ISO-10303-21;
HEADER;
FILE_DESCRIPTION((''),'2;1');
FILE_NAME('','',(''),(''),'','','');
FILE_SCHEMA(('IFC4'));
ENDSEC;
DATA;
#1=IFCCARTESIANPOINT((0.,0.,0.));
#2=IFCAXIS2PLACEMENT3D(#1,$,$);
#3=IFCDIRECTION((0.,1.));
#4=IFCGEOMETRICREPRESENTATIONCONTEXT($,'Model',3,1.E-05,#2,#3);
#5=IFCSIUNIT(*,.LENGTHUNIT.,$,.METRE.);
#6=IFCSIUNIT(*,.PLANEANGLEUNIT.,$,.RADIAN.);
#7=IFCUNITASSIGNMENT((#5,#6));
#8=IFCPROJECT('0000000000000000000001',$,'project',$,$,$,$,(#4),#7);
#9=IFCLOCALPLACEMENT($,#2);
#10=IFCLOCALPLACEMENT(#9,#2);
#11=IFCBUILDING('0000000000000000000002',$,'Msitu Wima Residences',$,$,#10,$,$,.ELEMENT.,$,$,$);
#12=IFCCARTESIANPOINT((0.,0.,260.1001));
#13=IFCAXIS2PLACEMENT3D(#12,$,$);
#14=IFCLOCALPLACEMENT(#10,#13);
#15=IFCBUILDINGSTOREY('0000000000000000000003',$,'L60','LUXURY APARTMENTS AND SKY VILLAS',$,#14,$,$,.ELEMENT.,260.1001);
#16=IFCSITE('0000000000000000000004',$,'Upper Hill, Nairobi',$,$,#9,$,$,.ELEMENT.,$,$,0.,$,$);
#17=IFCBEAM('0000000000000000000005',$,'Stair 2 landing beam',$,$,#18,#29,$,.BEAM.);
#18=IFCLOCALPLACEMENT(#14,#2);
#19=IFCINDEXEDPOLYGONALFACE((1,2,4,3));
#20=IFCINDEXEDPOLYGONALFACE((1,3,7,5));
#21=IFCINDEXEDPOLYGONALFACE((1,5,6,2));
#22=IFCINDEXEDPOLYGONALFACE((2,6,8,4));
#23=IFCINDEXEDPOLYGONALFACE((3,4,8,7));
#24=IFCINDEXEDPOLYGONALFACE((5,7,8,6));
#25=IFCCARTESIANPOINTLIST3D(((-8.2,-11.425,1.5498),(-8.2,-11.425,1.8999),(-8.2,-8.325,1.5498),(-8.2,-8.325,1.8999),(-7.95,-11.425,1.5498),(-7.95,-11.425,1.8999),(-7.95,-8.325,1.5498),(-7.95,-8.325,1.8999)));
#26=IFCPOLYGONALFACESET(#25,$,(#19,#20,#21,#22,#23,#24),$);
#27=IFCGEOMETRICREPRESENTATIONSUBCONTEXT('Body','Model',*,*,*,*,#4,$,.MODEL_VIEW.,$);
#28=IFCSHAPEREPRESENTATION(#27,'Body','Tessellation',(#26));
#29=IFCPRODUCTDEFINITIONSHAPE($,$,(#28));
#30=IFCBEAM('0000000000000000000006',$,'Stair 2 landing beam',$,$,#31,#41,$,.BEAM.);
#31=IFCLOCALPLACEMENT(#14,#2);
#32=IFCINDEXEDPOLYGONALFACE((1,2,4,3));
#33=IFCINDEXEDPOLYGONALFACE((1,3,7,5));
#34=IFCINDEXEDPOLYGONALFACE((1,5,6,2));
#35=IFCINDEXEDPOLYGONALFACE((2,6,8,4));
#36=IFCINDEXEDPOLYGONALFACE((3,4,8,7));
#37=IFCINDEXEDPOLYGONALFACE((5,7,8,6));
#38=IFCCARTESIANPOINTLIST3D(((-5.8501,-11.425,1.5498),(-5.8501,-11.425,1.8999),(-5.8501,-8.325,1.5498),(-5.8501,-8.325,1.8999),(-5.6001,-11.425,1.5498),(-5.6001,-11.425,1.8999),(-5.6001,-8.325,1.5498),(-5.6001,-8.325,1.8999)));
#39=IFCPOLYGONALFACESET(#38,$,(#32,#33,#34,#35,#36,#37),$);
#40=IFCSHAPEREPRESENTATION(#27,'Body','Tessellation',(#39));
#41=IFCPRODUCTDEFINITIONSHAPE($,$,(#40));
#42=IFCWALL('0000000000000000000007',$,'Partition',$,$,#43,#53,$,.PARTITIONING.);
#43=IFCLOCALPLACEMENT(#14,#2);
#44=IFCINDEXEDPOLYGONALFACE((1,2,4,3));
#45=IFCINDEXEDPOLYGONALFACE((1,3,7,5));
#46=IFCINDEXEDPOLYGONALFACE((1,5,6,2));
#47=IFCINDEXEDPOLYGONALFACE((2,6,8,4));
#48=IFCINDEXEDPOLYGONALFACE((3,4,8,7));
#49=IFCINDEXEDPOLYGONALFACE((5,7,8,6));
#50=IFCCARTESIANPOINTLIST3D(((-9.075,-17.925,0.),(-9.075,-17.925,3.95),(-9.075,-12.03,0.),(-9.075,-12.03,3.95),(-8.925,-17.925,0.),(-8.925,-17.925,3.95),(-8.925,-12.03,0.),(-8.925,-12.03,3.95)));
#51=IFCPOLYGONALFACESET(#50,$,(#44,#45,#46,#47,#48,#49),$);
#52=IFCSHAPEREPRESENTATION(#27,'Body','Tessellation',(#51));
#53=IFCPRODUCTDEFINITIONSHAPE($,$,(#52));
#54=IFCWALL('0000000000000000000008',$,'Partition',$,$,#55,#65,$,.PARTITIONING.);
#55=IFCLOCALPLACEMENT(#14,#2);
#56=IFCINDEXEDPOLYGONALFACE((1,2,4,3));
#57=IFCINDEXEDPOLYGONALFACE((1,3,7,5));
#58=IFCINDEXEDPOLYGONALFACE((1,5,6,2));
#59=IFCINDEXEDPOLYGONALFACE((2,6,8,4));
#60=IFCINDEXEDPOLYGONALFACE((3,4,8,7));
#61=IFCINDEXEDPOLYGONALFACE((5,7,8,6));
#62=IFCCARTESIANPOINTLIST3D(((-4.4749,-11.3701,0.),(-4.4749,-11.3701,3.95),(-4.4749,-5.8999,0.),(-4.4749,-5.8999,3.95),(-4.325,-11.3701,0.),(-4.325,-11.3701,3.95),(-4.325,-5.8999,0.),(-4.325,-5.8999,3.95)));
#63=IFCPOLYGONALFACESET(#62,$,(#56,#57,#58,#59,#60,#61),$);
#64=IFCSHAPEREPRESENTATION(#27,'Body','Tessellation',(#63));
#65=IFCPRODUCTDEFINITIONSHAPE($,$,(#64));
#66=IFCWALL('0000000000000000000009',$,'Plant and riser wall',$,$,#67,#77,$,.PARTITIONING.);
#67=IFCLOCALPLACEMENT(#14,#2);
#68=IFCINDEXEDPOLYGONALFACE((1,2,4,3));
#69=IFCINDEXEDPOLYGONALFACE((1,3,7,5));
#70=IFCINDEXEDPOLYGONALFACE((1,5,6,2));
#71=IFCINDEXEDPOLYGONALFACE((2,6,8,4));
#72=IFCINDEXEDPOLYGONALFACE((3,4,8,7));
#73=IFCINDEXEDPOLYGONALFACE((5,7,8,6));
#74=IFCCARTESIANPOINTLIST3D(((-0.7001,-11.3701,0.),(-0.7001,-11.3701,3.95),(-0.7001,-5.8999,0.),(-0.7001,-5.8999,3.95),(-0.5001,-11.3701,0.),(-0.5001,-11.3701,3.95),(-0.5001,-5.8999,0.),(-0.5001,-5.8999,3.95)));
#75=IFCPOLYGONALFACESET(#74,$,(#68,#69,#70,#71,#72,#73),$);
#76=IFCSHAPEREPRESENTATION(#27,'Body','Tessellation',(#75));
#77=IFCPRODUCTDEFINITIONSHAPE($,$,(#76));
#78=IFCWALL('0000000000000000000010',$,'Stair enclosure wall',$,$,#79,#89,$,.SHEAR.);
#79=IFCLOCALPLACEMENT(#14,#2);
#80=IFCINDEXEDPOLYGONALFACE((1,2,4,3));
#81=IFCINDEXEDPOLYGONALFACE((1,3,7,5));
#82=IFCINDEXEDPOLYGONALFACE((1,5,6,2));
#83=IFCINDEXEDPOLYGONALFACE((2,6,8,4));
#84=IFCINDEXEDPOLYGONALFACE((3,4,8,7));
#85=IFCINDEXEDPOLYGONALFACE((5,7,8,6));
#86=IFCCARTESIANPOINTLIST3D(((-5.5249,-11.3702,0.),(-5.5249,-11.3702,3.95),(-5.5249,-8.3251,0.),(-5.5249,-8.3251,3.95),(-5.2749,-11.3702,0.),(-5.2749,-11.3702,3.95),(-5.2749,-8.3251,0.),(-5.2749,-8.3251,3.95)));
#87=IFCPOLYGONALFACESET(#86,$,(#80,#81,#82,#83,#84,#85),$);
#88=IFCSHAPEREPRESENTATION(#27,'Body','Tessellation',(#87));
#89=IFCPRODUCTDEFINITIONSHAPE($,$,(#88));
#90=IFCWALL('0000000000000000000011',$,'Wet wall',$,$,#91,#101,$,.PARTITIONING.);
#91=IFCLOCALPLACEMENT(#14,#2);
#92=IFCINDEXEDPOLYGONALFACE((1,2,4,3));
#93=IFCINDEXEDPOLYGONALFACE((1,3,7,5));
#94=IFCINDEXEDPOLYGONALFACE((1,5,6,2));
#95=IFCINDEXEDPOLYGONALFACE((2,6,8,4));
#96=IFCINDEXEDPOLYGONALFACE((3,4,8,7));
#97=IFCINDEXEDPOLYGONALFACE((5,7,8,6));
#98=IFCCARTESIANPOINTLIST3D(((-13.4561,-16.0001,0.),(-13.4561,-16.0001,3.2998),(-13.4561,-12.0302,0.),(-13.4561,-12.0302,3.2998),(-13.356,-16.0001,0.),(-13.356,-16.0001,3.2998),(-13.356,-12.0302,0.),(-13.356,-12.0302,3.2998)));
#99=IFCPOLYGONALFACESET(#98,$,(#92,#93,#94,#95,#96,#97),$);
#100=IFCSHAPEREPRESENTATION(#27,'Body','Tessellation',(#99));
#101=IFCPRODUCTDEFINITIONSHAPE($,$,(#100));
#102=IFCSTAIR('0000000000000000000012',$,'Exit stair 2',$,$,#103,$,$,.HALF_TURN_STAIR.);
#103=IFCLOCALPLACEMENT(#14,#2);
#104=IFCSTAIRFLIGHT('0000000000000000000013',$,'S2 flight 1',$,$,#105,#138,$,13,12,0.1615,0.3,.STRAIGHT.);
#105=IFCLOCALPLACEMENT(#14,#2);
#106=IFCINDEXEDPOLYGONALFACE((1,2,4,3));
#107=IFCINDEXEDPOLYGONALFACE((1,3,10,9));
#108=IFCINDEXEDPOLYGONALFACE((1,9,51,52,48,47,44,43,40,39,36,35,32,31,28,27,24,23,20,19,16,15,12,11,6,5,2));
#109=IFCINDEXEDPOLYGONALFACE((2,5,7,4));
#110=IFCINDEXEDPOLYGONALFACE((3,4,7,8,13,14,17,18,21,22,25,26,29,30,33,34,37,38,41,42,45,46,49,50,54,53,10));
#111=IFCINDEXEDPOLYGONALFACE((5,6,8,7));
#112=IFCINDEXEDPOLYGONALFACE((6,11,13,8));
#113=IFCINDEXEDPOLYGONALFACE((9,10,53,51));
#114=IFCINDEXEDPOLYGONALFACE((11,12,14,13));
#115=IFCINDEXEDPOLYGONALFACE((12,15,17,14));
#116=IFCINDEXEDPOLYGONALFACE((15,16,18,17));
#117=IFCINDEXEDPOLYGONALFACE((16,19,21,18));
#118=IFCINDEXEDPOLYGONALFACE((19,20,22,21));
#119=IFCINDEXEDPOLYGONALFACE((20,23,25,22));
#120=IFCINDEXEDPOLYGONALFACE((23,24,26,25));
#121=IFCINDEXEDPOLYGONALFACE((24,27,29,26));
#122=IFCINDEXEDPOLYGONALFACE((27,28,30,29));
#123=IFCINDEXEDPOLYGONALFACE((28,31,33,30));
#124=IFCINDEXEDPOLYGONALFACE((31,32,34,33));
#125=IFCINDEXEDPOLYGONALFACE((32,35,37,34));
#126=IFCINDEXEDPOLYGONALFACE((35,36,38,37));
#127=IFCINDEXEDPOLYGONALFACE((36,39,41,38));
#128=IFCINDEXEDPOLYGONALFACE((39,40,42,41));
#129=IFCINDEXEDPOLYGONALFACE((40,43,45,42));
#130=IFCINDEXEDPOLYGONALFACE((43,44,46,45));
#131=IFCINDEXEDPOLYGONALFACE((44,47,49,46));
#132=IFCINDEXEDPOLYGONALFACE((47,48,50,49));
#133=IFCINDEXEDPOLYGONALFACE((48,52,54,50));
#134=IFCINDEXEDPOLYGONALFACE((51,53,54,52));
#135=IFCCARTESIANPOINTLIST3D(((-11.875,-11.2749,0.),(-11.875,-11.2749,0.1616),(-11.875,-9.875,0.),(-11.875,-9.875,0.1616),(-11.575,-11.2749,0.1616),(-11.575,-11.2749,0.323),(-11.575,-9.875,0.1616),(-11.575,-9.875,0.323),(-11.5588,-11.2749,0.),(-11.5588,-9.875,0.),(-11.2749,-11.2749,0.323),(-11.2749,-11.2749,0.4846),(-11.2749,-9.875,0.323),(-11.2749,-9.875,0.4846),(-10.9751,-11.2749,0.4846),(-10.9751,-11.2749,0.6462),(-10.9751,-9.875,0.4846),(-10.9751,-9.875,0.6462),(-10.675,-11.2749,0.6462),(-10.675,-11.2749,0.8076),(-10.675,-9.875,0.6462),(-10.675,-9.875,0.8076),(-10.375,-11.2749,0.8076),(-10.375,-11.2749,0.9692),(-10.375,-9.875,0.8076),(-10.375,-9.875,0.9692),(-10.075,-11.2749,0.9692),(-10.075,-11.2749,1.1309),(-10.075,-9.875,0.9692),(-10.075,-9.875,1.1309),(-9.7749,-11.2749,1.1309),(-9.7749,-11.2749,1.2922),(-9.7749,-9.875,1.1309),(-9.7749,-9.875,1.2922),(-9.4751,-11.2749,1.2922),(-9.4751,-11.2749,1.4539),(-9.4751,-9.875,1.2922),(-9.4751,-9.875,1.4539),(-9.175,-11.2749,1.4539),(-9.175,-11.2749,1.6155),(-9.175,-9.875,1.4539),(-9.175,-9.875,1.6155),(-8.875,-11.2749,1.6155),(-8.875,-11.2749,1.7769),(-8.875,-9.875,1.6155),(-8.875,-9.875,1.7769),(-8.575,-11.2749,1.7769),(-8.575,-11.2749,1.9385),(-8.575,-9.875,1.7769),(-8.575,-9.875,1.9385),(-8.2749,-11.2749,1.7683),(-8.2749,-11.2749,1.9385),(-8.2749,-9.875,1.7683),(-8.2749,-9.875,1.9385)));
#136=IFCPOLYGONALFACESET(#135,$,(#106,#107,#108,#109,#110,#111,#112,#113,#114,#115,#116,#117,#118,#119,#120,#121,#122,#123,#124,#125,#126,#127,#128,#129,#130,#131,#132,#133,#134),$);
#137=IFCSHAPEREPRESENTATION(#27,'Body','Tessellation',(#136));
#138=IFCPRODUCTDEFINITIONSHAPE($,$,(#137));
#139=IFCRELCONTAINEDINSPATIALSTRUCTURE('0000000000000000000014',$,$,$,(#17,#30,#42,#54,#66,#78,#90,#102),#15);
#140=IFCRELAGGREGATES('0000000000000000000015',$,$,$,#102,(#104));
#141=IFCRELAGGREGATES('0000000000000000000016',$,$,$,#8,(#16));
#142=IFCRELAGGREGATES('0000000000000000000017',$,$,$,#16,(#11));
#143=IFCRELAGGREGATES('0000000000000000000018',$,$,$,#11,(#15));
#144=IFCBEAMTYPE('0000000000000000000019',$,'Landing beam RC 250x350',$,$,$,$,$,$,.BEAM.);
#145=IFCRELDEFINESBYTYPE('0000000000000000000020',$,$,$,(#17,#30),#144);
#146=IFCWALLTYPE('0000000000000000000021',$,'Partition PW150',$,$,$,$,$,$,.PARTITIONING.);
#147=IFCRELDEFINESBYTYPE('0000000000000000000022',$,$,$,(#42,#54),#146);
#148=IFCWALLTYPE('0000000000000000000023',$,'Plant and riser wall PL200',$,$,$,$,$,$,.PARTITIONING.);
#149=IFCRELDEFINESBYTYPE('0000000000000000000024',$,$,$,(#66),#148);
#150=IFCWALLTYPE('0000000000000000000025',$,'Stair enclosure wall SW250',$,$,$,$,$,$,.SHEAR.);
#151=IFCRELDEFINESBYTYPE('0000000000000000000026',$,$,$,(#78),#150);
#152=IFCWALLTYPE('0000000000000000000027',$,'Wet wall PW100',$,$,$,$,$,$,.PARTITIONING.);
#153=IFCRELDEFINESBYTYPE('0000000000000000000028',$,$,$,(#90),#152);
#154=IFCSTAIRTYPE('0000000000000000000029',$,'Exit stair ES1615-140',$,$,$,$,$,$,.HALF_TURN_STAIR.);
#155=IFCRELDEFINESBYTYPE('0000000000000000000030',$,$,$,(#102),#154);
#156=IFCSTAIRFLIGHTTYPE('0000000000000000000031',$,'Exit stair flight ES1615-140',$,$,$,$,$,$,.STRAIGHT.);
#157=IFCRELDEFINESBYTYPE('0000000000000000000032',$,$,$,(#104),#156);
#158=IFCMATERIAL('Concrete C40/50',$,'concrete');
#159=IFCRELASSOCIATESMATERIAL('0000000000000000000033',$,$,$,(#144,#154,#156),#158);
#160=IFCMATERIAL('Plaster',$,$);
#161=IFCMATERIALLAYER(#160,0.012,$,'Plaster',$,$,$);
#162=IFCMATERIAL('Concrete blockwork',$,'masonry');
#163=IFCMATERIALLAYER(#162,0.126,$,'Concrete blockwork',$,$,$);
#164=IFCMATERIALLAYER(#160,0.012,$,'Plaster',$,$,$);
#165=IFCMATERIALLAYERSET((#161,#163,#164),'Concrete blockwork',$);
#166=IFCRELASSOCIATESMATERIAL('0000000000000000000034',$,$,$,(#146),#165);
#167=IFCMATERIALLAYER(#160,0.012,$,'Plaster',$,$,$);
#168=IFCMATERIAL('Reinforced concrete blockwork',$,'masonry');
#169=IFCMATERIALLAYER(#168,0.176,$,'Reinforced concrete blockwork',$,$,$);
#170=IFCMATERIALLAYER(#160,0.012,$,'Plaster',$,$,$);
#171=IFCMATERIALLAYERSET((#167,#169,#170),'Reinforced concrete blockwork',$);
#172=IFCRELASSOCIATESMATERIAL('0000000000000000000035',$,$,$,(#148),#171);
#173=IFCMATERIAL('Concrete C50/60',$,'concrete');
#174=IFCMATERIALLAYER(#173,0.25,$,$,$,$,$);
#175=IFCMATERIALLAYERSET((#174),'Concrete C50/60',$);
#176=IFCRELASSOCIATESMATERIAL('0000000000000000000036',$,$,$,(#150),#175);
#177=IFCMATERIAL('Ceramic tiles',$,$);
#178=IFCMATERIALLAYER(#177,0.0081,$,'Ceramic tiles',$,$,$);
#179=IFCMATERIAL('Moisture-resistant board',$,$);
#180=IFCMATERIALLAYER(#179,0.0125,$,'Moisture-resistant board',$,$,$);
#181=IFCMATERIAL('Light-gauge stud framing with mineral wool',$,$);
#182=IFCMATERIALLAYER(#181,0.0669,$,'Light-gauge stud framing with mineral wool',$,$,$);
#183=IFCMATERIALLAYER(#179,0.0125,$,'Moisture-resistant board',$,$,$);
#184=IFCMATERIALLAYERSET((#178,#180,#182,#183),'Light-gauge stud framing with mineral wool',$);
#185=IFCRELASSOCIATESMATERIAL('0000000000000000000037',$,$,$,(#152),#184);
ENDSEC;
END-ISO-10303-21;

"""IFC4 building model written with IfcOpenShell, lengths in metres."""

from ifc_helpers import new_model, si_unit, direction, frame, frame_2d, origin, origin_2d, place, context, subcontext, project, spatial, polyline, rectangle, outline, extrude, material, layer, layer_set, material_profile, profile_set, type_object, element, aggregate, save


model = new_model("IFC4")

# Units and contexts
model_context = context("Model", 3, precision=1e-05, world=origin(), true_north=direction((0.0, 1.0)))
body_context = subcontext(model_context, "Body", "Model", "MODEL_VIEW")
ifc_project = project(units=[si_unit("LENGTHUNIT", "METRE"), si_unit("PLANEANGLEUNIT", "RADIAN")], contexts=[model_context])

# Site, building, storey
site_placement = place(None, origin())
site = spatial("IfcSite", under=ifc_project, at=site_placement, Name="Upper Hill, Nairobi", CompositionType="ELEMENT", RefElevation=0.0)
building_placement = place(site_placement, origin())
building = spatial("IfcBuilding", under=site, at=building_placement, Name="Msitu Wima Residences", CompositionType="ELEMENT")
storey_placement = place(building_placement, frame((0.0, 0.0, 260.1001)))
storey = spatial("IfcBuildingStorey", under=building, at=storey_placement, Name="L60", Description="LUXURY APARTMENTS AND SKY VILLAS", CompositionType="ELEMENT", Elevation=260.1001)

# Beams
ifc_material_1 = material(Name="Concrete C40/50", Category="concrete")
ifc_material_profile = material_profile(ifc_material_1, rectangle(XDim=0.25, YDim=0.3501, at=origin_2d()), Name="RC 250x350")
ifc_profile_set = profile_set([ifc_material_profile], Name="Concrete C40/50")
beam_type = type_object("IfcBeamType", Name="Landing beam RC 250x350", PredefinedType="BEAM", material=ifc_profile_set)
for number, where, z_axis, x_axis, name in (
    (1, (-8.075, -11.425, 1.7249), (0.0, 1.0, 0.0), (-1.0, 0.0, 0.0), "Stair 2 landing beam"),
    (2, (-5.7251, -11.425, 1.7249), (0.0, 1.0, 0.0), (-1.0, 0.0, 0.0), "Stair 2 landing beam"),
):
    element("IfcBeam", number, at=place(storey_placement, frame(where, z_axis=z_axis, x_axis=x_axis)), inside=storey, type_object=beam_type, Name=name, PredefinedType="BEAM", context=body_context, shape_type="SweptSolid", body=[
        extrude(rectangle(XDim=0.25, YDim=0.3501, at=origin_2d()), origin(), (0.0, 0.0, 1.0), 3.1001),
    ])

# Walls
ifc_material_2 = material(Name="Plaster")
ifc_layer_1 = layer(ifc_material_2, 0.012, Name="Plaster")
ifc_material_3 = material(Name="Concrete blockwork", Category="masonry")
ifc_layer_2 = layer(ifc_material_3, 0.126, Name="Concrete blockwork")
ifc_layer_3 = layer(ifc_material_2, 0.012, Name="Plaster")
ifc_layer_set_1 = layer_set([ifc_layer_1, ifc_layer_2, ifc_layer_3], Name="Concrete blockwork")
wall_type_1 = type_object("IfcWallType", Name="Partition PW150", PredefinedType="PARTITIONING", material=ifc_layer_set_1)
wall_1_placement = place(storey_placement, frame((-9.0, -17.925, 0.0), z_axis=(0.0, 0.0, 1.0), x_axis=(0.0, 1.0, 0.0)))
element("IfcWall", 3, at=wall_1_placement, inside=storey, type_object=wall_type_1, Name="Partition", PredefinedType="PARTITIONING", context=body_context, shape_type="SweptSolid", body=[
    extrude(rectangle(XDim=5.895, YDim=0.1499, at=frame_2d((2.9475, 0.0))), origin(), (0.0, 0.0, 1.0), 3.95),
])
wall_2_placement = place(storey_placement, frame((-4.3999, -11.3701, 0.0), z_axis=(0.0, 0.0, 1.0), x_axis=(0.0, 1.0, 0.0)))
element("IfcWall", 4, at=wall_2_placement, inside=storey, type_object=wall_type_1, Name="Partition", PredefinedType="PARTITIONING", context=body_context, shape_type="SweptSolid", body=[
    extrude(rectangle(XDim=5.4702, YDim=0.1499, at=frame_2d((2.7351, 0.0))), origin(), (0.0, 0.0, 1.0), 3.95),
])
ifc_layer_4 = layer(ifc_material_2, 0.012, Name="Plaster")
ifc_material_4 = material(Name="Reinforced concrete blockwork", Category="masonry")
ifc_layer_5 = layer(ifc_material_4, 0.176, Name="Reinforced concrete blockwork")
ifc_layer_6 = layer(ifc_material_2, 0.012, Name="Plaster")
ifc_layer_set_2 = layer_set([ifc_layer_4, ifc_layer_5, ifc_layer_6], Name="Reinforced concrete blockwork")
wall_type_2 = type_object("IfcWallType", Name="Plant and riser wall PL200", PredefinedType="PARTITIONING", material=ifc_layer_set_2)
wall_3_placement = place(storey_placement, frame((-0.6001, -11.3701, 0.0), z_axis=(0.0, 0.0, 1.0), x_axis=(0.0, 1.0, 0.0)))
element("IfcWall", 5, at=wall_3_placement, inside=storey, type_object=wall_type_2, Name="Plant and riser wall", PredefinedType="PARTITIONING", context=body_context, shape_type="SweptSolid", body=[
    extrude(rectangle(XDim=5.4702, YDim=0.2, at=frame_2d((2.7351, 0.0))), origin(), (0.0, 0.0, 1.0), 3.95),
])
ifc_material_5 = material(Name="Concrete C50/60", Category="concrete")
ifc_layer_7 = layer(ifc_material_5, 0.25)
ifc_layer_set_3 = layer_set([ifc_layer_7], Name="Concrete C50/60")
wall_type_3 = type_object("IfcWallType", Name="Stair enclosure wall SW250", PredefinedType="SHEAR", material=ifc_layer_set_3)
wall_4_placement = place(storey_placement, frame((-5.3999, -11.3701, 0.0), z_axis=(0.0, 0.0, 1.0), x_axis=(0.0, 1.0, 0.0)))
element("IfcWall", 6, at=wall_4_placement, inside=storey, type_object=wall_type_3, Name="Stair enclosure wall", PredefinedType="SHEAR", context=body_context, shape_type="SweptSolid", body=[
    extrude(rectangle(XDim=3.0452, YDim=0.25, at=frame_2d((1.5225, 0.0))), origin(), (0.0, 0.0, 1.0), 3.95),
])
ifc_material_6 = material(Name="Ceramic tiles")
ifc_layer_8 = layer(ifc_material_6, 0.0081, Name="Ceramic tiles")
ifc_material_7 = material(Name="Moisture-resistant board")
ifc_layer_9 = layer(ifc_material_7, 0.0125, Name="Moisture-resistant board")
ifc_material_8 = material(Name="Light-gauge stud framing with mineral wool")
ifc_layer_10 = layer(ifc_material_8, 0.0669, Name="Light-gauge stud framing with mineral wool")
ifc_layer_11 = layer(ifc_material_7, 0.0125, Name="Moisture-resistant board")
ifc_layer_set_4 = layer_set([ifc_layer_8, ifc_layer_9, ifc_layer_10, ifc_layer_11], Name="Light-gauge stud framing with mineral wool")
wall_type_4 = type_object("IfcWallType", Name="Wet wall PW100", PredefinedType="PARTITIONING", material=ifc_layer_set_4)
wall_5_placement = place(storey_placement, frame((-13.406, -16.0, 0.0), z_axis=(0.0, 0.0, 1.0), x_axis=(0.0, 1.0, 0.0)))
element("IfcWall", 7, at=wall_5_placement, inside=storey, type_object=wall_type_4, Name="Wet wall", PredefinedType="PARTITIONING", context=body_context, shape_type="SweptSolid", body=[
    extrude(rectangle(XDim=3.97, YDim=0.1001, at=frame_2d((1.9849, 0.0))), origin(), (0.0, 0.0, 1.0), 3.2998),
])

# Stair, stair flight
stair_type = type_object("IfcStairType", Name="Exit stair ES1615-140", PredefinedType="HALF_TURN_STAIR", material=ifc_material_1)
stair_placement = place(storey_placement, origin())
stair = element("IfcStair", 8, at=stair_placement, inside=storey, type_object=stair_type, Name="Exit stair 2", PredefinedType="HALF_TURN_STAIR")
stair_flight_type = type_object("IfcStairFlightType", Name="Exit stair flight ES1615-140", PredefinedType="STRAIGHT", material=ifc_material_1)
stair_flight_placement = place(storey_placement, frame((-11.875, -10.575, 0.0), z_axis=(0.0, 0.0, 1.0), x_axis=(1.0, 0.0, 0.0)))
stair_flight = element("IfcStairFlight", 9, at=stair_flight_placement, type_object=stair_flight_type, Name="S2 flight 1", NumberOfRisers=13, NumberOfTreads=12, PredefinedType="STRAIGHT", RiserHeight=0.1615, TreadLength=0.3, context=body_context, shape_type="SweptSolid", body=[
    extrude(outline(polyline([(0.0, 0.0), (0.0, 0.1616), (0.3, 0.1616), (0.3, 0.323), (0.6001, 0.323), (0.6001, 0.4846), (0.8999, 0.4846), (0.8999, 0.6462), (1.2, 0.6462), (1.2, 0.8076), (1.5, 0.8076), (1.5, 0.9692), (1.8, 0.9692), (1.8, 1.1309), (2.1001, 1.1309), (2.1001, 1.2922), (2.3999, 1.2922), (2.3999, 1.4539), (2.7, 1.4539), (2.7, 1.6155), (3.0, 1.6155), (3.0, 1.7769), (3.3, 1.7769), (3.3, 1.9385), (3.6001, 1.9385), (3.6001, 2.1001), (3.6001, 1.7683), (0.3162, 0.0), (0.0, 0.0)])), frame((0.0, 0.7, 0.0), z_axis=(0.0, -1.0, 0.0), x_axis=(1.0, 0.0, 0.0)), (0.0, 0.0, 1.0), 1.3999),
])
aggregate(stair, [stair_flight])

save(model, "model.ifc")
